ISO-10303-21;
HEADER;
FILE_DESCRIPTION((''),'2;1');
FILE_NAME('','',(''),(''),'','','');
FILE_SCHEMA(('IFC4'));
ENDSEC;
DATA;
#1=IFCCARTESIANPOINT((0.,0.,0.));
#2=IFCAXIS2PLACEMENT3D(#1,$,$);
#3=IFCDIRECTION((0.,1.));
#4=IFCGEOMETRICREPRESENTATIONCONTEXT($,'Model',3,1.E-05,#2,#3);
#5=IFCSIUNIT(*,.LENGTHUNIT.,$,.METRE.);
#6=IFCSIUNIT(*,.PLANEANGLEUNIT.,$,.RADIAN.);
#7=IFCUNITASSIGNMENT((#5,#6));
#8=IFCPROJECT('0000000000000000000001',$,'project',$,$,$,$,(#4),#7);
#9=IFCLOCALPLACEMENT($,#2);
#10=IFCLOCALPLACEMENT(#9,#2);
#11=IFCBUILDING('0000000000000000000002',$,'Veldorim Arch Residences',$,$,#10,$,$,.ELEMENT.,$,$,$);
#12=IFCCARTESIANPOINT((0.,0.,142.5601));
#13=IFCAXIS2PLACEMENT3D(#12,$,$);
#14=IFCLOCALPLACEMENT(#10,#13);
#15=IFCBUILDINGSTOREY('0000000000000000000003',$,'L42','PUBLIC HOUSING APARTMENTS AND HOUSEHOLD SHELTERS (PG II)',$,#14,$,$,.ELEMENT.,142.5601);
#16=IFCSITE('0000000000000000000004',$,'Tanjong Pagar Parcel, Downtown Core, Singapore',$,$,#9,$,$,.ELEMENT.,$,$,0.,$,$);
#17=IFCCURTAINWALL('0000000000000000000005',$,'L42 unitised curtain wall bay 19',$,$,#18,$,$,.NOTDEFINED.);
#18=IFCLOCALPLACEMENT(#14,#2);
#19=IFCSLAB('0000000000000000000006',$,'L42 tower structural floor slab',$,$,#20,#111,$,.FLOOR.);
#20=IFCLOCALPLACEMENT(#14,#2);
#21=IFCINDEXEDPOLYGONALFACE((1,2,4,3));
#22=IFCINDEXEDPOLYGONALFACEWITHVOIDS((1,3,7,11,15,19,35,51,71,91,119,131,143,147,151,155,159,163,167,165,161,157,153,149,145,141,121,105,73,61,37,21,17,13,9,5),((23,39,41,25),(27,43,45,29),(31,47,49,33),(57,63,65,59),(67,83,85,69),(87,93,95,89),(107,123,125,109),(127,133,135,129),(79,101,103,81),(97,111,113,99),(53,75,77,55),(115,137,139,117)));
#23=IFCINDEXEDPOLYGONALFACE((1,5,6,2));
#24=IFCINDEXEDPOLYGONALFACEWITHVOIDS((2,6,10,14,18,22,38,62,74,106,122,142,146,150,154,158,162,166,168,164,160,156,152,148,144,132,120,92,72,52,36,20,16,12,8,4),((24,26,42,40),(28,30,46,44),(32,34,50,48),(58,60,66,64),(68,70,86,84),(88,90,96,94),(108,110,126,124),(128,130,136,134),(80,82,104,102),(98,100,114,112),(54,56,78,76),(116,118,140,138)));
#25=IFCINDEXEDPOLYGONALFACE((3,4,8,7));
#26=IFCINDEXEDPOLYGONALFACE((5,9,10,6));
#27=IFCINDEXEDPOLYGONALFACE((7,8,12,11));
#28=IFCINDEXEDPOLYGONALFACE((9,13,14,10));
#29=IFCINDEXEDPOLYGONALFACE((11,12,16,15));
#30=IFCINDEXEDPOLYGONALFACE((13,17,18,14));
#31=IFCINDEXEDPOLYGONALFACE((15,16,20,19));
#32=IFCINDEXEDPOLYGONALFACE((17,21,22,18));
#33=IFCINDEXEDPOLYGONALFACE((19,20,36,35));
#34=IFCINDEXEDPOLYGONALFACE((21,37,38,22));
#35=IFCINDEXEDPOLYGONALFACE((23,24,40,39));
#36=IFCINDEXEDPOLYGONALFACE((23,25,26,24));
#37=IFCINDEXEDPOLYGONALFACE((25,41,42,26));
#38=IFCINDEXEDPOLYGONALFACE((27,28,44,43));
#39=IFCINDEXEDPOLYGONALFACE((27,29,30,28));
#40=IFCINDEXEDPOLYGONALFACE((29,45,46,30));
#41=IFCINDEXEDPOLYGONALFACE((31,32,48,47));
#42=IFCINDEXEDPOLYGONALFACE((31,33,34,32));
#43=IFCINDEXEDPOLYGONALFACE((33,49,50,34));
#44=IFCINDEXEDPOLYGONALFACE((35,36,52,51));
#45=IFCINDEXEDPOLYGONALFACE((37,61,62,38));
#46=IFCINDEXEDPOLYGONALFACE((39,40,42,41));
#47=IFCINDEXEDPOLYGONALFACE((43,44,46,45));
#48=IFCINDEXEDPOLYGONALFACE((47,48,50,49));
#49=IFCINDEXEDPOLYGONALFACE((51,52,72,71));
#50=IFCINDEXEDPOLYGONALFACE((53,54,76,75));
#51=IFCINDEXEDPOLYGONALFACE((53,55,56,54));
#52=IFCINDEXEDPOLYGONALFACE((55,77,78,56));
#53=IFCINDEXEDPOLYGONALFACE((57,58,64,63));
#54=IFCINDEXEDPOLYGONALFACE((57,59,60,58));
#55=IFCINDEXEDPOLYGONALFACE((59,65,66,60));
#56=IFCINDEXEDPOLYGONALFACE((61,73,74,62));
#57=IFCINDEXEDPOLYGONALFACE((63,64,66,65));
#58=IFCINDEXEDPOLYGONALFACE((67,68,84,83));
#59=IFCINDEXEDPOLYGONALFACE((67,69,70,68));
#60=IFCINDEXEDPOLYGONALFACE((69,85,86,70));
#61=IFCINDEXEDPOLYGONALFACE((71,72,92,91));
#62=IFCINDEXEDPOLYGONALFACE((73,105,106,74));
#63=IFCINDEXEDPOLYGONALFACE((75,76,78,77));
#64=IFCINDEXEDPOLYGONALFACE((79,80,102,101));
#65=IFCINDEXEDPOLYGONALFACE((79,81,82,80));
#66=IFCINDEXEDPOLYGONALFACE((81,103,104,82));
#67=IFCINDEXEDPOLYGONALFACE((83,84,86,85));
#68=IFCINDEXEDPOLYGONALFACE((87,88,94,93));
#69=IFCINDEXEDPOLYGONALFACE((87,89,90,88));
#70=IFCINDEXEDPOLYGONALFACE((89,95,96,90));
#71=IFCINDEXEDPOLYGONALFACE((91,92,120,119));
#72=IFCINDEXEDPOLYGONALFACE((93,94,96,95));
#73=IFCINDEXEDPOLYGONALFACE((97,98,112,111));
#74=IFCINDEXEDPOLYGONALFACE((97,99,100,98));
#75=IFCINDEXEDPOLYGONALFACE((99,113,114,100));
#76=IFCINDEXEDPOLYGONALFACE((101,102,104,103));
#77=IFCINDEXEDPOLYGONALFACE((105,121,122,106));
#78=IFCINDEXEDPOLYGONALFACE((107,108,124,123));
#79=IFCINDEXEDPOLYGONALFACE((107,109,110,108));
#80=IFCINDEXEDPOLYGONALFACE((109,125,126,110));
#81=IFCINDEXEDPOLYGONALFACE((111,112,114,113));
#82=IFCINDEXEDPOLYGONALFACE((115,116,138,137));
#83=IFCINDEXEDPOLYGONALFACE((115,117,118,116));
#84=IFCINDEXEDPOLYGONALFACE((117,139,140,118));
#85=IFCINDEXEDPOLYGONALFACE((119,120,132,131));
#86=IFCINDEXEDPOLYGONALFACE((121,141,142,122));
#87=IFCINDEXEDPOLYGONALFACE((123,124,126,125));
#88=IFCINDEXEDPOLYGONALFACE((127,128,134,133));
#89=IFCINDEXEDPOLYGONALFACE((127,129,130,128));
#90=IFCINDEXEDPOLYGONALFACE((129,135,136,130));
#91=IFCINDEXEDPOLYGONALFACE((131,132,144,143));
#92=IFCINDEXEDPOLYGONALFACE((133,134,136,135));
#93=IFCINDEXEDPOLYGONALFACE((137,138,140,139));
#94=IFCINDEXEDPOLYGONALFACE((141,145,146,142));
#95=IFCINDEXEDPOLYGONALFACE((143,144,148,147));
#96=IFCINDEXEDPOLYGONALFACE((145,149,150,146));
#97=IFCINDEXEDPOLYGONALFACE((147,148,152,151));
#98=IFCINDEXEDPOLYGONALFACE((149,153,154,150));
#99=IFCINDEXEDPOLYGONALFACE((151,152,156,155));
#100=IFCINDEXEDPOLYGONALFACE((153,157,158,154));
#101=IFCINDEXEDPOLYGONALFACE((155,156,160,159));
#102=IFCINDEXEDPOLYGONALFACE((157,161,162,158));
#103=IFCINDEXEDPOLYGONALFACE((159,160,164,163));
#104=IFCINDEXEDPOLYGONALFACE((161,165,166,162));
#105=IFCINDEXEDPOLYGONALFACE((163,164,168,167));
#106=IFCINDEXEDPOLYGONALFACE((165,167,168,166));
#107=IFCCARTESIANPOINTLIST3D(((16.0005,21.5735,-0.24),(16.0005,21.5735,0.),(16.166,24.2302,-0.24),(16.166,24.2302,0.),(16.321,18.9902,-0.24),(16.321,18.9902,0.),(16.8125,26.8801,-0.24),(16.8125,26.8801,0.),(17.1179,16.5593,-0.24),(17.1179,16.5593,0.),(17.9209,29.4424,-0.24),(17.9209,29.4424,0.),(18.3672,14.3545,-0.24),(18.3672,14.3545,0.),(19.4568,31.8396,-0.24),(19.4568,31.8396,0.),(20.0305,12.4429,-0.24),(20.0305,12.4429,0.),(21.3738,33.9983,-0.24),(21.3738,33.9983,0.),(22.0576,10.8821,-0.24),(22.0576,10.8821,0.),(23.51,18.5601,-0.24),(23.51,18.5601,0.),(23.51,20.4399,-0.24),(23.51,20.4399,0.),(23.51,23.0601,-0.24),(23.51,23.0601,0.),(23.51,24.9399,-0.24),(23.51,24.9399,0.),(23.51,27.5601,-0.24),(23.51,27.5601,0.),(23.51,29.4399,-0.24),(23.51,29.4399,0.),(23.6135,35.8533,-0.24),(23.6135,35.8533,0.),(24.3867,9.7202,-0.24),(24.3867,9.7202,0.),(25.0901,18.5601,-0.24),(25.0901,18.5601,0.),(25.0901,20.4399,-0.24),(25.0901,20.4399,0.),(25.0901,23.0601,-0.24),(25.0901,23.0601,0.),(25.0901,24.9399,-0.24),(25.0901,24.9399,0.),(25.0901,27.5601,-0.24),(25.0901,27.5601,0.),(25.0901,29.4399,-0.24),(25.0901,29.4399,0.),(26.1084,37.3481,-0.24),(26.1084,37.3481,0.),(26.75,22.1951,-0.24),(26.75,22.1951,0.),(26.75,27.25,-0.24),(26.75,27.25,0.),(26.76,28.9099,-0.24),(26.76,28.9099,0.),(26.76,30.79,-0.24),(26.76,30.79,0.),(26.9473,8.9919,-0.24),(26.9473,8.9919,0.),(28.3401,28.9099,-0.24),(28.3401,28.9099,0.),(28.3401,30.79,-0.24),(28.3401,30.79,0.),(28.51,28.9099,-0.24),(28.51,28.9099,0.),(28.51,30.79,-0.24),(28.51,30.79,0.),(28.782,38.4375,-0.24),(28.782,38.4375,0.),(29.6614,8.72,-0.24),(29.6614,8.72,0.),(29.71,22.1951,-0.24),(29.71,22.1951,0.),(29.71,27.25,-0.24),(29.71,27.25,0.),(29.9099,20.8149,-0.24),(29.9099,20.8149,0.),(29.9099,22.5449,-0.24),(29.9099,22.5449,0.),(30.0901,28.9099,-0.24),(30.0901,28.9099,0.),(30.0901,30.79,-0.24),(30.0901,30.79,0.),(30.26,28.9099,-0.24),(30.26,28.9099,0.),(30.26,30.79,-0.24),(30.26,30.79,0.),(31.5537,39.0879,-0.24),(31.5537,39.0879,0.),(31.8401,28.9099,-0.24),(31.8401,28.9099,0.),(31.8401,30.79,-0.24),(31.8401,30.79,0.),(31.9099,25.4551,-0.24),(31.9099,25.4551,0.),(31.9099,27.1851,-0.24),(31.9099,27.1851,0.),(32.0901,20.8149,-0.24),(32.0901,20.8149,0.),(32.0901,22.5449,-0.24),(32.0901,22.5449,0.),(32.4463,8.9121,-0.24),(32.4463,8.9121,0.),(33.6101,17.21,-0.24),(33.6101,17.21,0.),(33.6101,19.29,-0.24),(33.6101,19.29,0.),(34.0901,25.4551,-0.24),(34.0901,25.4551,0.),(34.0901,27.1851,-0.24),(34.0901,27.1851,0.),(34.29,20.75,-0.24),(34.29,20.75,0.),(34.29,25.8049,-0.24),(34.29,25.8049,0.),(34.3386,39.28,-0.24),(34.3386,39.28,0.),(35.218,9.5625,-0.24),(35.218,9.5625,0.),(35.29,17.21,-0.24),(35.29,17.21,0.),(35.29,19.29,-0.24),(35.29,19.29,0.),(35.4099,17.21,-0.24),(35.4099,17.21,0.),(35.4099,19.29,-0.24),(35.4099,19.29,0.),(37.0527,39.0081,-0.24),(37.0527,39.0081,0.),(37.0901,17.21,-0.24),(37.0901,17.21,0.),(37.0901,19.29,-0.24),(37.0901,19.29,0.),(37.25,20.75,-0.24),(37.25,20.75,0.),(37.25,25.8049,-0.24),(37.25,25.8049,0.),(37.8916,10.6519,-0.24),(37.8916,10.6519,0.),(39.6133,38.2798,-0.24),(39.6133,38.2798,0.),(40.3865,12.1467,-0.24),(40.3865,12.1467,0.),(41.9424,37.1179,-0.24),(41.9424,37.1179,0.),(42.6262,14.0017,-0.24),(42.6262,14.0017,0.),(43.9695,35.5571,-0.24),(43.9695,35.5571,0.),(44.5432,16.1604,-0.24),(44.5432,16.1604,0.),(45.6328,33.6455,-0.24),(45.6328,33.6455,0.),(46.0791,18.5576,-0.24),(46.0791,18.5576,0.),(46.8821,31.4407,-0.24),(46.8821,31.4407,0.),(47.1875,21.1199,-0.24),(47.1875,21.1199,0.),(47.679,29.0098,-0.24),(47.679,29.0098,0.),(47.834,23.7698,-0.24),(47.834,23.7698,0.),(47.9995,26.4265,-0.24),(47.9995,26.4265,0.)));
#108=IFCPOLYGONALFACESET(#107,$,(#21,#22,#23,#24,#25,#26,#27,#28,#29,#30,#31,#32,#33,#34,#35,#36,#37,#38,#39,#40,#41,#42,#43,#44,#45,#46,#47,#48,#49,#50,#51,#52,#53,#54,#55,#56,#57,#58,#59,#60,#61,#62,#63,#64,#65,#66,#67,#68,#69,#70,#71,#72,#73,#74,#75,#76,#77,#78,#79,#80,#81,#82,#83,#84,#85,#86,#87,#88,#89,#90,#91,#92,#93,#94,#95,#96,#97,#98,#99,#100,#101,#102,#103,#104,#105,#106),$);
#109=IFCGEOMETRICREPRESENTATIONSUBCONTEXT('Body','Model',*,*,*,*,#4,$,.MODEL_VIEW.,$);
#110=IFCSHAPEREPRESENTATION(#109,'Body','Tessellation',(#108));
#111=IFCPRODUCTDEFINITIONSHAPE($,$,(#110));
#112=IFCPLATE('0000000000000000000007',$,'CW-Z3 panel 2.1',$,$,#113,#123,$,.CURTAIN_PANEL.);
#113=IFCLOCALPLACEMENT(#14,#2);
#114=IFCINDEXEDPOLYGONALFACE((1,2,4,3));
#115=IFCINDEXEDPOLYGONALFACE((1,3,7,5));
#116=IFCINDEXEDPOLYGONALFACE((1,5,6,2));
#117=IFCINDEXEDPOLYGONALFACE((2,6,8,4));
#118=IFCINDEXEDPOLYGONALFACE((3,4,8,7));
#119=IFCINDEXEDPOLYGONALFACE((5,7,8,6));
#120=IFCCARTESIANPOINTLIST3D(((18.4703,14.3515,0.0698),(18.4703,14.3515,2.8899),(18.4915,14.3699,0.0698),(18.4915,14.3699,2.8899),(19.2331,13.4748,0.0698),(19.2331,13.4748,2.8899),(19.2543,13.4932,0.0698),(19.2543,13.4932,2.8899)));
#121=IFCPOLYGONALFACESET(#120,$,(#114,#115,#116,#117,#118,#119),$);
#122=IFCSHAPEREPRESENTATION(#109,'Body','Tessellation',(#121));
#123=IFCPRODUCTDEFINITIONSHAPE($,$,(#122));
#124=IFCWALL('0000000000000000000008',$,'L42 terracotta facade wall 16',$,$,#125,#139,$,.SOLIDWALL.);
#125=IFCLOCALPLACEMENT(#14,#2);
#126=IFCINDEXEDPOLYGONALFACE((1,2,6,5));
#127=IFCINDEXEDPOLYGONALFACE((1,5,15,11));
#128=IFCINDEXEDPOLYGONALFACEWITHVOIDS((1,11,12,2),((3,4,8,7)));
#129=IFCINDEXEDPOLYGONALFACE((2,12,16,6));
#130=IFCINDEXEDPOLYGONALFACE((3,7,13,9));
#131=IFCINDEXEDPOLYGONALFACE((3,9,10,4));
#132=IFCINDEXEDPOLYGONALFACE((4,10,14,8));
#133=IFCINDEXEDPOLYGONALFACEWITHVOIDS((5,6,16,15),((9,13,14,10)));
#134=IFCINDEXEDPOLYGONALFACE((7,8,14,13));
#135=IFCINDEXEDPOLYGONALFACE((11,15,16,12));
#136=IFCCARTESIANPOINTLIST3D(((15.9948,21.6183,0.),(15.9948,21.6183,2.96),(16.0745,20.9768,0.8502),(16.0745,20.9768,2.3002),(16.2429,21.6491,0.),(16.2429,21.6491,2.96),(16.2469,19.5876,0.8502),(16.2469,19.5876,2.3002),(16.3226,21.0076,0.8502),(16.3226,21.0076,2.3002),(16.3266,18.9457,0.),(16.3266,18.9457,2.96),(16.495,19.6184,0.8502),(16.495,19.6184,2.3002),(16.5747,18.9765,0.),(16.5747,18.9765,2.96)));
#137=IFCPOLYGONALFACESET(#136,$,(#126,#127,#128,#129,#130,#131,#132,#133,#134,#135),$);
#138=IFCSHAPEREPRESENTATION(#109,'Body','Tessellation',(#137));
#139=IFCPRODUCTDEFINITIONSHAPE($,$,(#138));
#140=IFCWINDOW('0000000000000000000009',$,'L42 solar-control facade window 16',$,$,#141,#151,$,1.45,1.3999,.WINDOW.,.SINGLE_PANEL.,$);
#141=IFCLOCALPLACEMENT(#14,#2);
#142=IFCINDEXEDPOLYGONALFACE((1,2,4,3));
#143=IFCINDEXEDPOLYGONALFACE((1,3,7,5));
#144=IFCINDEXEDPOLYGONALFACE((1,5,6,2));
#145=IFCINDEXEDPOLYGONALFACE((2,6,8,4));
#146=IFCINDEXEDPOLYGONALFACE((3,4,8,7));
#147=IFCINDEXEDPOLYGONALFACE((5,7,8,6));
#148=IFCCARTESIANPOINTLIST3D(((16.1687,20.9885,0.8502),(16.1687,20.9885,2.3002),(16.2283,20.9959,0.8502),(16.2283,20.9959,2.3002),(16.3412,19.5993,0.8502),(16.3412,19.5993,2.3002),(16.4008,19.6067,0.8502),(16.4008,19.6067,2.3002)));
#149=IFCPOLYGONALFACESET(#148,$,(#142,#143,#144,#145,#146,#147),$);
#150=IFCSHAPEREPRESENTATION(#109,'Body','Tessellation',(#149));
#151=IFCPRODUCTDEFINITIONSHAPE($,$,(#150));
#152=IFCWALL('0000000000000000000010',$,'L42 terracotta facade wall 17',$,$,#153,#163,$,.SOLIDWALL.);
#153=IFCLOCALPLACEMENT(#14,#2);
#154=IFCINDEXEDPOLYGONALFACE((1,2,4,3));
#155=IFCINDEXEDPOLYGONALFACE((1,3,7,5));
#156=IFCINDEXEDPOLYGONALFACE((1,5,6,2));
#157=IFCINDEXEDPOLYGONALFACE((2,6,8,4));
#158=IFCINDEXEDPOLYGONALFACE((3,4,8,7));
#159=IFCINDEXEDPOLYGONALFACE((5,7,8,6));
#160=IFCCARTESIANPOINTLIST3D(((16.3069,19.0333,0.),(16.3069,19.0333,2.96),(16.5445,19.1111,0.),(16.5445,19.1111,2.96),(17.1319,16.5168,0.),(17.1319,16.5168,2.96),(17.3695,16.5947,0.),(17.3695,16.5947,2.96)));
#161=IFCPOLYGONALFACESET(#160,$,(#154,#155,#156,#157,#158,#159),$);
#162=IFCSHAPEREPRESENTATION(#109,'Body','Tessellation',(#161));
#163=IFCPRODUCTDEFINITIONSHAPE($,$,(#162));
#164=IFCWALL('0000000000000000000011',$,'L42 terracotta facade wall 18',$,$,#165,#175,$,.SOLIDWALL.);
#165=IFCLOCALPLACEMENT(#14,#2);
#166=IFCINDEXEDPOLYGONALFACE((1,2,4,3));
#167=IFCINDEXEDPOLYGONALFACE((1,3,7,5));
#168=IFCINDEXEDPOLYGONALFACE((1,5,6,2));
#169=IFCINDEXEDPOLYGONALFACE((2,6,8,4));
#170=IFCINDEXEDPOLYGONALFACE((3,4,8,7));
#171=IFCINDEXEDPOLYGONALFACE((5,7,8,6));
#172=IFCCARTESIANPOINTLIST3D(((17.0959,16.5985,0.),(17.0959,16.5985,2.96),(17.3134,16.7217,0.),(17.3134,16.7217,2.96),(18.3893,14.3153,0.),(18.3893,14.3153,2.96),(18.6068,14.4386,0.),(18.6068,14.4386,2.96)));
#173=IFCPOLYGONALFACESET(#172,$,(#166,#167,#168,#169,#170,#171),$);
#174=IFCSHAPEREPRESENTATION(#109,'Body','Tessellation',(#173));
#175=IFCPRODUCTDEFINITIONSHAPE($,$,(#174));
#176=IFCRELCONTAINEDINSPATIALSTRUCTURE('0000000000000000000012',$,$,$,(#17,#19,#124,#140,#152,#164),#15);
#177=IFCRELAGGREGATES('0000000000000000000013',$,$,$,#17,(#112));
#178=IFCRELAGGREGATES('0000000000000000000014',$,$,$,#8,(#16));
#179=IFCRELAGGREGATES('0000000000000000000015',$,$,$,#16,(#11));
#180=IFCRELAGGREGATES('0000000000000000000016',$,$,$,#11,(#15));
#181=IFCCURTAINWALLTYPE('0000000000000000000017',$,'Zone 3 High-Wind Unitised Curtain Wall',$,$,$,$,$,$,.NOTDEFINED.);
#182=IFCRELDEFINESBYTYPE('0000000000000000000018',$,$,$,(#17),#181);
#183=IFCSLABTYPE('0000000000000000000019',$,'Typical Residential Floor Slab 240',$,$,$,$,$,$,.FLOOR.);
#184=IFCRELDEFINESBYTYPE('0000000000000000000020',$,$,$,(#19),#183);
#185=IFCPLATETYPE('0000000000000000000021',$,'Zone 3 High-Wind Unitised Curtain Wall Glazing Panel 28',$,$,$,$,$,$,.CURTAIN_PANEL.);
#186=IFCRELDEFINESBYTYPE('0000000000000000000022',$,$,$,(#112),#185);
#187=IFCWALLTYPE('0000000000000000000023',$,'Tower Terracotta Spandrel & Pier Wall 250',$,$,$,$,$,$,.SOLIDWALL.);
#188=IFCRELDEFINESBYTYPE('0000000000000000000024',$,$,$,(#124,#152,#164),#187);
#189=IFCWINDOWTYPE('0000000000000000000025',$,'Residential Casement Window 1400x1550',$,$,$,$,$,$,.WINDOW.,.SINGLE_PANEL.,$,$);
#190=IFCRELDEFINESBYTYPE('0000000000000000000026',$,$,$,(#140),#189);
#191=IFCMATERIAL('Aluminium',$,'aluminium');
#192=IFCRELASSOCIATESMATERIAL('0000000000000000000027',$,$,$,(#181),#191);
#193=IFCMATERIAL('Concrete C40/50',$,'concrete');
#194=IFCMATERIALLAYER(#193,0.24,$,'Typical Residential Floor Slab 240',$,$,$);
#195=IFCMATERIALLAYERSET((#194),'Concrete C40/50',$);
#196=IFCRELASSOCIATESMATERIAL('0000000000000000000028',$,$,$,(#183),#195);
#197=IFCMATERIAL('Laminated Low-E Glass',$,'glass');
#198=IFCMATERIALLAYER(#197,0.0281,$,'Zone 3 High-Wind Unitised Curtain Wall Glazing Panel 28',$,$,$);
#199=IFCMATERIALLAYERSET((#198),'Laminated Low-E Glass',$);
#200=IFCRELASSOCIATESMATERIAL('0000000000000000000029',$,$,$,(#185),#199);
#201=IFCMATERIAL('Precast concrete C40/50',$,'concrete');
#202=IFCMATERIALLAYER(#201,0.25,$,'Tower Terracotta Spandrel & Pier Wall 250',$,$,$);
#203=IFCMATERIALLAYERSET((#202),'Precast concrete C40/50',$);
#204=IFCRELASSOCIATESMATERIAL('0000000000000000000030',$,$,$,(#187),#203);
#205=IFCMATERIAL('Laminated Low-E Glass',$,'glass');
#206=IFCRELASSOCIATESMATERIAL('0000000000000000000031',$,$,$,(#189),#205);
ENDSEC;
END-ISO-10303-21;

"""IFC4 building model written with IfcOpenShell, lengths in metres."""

from ifc_helpers import new_model, si_unit, direction, frame, frame_2d, origin, origin_2d, place, context, subcontext, project, spatial, polyline, rectangle, outline, extrude, material, layer, layer_set, type_object, element, fill, aggregate, save


model = new_model("IFC4")

# Units and contexts
model_context = context("Model", 3, precision=1e-05, world=origin(), true_north=direction((0.0, 1.0)))
body_context = subcontext(model_context, "Body", "Model", "MODEL_VIEW")
ifc_project = project(units=[si_unit("LENGTHUNIT", "METRE"), si_unit("PLANEANGLEUNIT", "RADIAN")], contexts=[model_context])

# Site, building, storey
site_placement = place(None, origin())
site = spatial("IfcSite", under=ifc_project, at=site_placement, Name="Tanjong Pagar Parcel, Downtown Core, Singapore", CompositionType="ELEMENT", RefElevation=0.0)
building_placement = place(site_placement, origin())
building = spatial("IfcBuilding", under=site, at=building_placement, Name="Veldorim Arch Residences", CompositionType="ELEMENT")
storey_placement = place(building_placement, frame((0.0, 0.0, 142.5601)))
storey = spatial("IfcBuildingStorey", under=building, at=storey_placement, Name="L42", Description="PUBLIC HOUSING APARTMENTS AND HOUSEHOLD SHELTERS (PG II)", CompositionType="ELEMENT", Elevation=142.5601)

# Curtain wall
ifc_material_1 = material(Name="Aluminium", Category="aluminium")
curtain_wall_type = type_object("IfcCurtainWallType", Name="Zone 3 High-Wind Unitised Curtain Wall", PredefinedType="NOTDEFINED", material=ifc_material_1)
curtain_wall_placement = place(storey_placement, origin())
curtain_wall = element("IfcCurtainWall", 1, at=curtain_wall_placement, inside=storey, type_object=curtain_wall_type, Name="L42 unitised curtain wall bay 19", PredefinedType="NOTDEFINED")

# Slab
ifc_material_2 = material(Name="Concrete C40/50", Category="concrete")
ifc_layer_1 = layer(ifc_material_2, 0.24, Name="Typical Residential Floor Slab 240")
ifc_layer_set_1 = layer_set([ifc_layer_1], Name="Concrete C40/50")
slab_type_1 = type_object("IfcSlabType", Name="Typical Residential Floor Slab 240", PredefinedType="FLOOR", material=ifc_layer_set_1)
slab_1_placement = place(storey_placement, frame((0.0, 0.0, -0.24)))
element("IfcSlab", 2, at=slab_1_placement, inside=storey, type_object=slab_type_1, Name="L42 tower structural floor slab", PredefinedType="FLOOR", context=body_context, shape_type="SweptSolid", body=[
    extrude(outline(polyline([(45.6328, 33.6455), (43.9695, 35.5571), (41.9424, 37.1179), (39.6133, 38.2798), (37.0527, 39.0081), (34.3386, 39.28), (31.5537, 39.0879), (28.782, 38.4375), (26.1084, 37.3481), (23.6135, 35.8533), (21.3738, 33.9983), (19.4568, 31.8396), (17.9209, 29.4424), (16.8125, 26.8801), (16.166, 24.2302), (16.0005, 21.5735), (16.321, 18.9902), (17.1179, 16.5593), (18.3672, 14.3545), (20.0305, 12.4429), (22.0576, 10.8821), (24.3867, 9.7202), (26.9473, 8.9919), (29.6614, 8.72), (32.4463, 8.9121), (35.218, 9.5625), (37.8916, 10.6519), (40.3865, 12.1467), (42.6262, 14.0017), (44.5432, 16.1604), (46.0791, 18.5576), (47.1875, 21.1199), (47.834, 23.7698), (47.9995, 26.4265), (47.679, 29.0098), (46.8821, 31.4407), (45.6328, 33.6455)]), holes=[polyline([(23.51, 18.5601), (23.51, 20.4399), (25.0901, 20.4399), (25.0901, 18.5601), (23.51, 18.5601)]), polyline([(23.51, 24.9399), (25.0901, 24.9399), (25.0901, 23.0601), (23.51, 23.0601), (23.51, 24.9399)]), polyline([(26.75, 27.25), (29.71, 27.25), (29.71, 22.1951), (26.75, 22.1951), (26.75, 27.25)]), polyline([(23.51, 27.5601), (23.51, 29.4399), (25.0901, 29.4399), (25.0901, 27.5601), (23.51, 27.5601)]), polyline([(26.76, 30.79), (28.3401, 30.79), (28.3401, 28.9099), (26.76, 28.9099), (26.76, 30.79)]), polyline([(28.51, 30.79), (30.0901, 30.79), (30.0901, 28.9099), (28.51, 28.9099), (28.51, 30.79)]), polyline([(33.6101, 17.21), (33.6101, 19.29), (35.29, 19.29), (35.29, 17.21), (33.6101, 17.21)]), polyline([(35.4099, 19.29), (37.0901, 19.29), (37.0901, 17.21), (35.4099, 17.21), (35.4099, 19.29)]), polyline([(29.9099, 22.5449), (32.0901, 22.5449), (32.0901, 20.8149), (29.9099, 20.8149), (29.9099, 22.5449)]), polyline([(34.29, 20.75), (34.29, 25.8049), (37.25, 25.8049), (37.25, 20.75), (34.29, 20.75)]), polyline([(31.9099, 27.1851), (34.0901, 27.1851), (34.0901, 25.4551), (31.9099, 25.4551), (31.9099, 27.1851)]), polyline([(30.26, 30.79), (31.8401, 30.79), (31.8401, 28.9099), (30.26, 28.9099), (30.26, 30.79)])]), origin(), (0.0, 0.0, 1.0), 0.24),
])

# Plate
ifc_material_3 = material(Name="Laminated Low-E Glass", Category="glass")
ifc_layer_2 = layer(ifc_material_3, 0.0281, Name="Zone 3 High-Wind Unitised Curtain Wall Glazing Panel 28")
ifc_layer_set_2 = layer_set([ifc_layer_2], Name="Laminated Low-E Glass")
plate_type = type_object("IfcPlateType", Name="Zone 3 High-Wind Unitised Curtain Wall Glazing Panel 28", PredefinedType="CURTAIN_PANEL", material=ifc_layer_set_2)
plate_placement = place(storey_placement, frame((18.8623, 13.9224, 0.0698), z_axis=(0.0, 0.0, 1.0), x_axis=(-0.656415, 0.7544, 0.0)))
plate = element("IfcPlate", 3, at=plate_placement, type_object=plate_type, Name="CW-Z3 panel 2.1", PredefinedType="CURTAIN_PANEL", context=body_context, shape_type="SweptSolid", body=[
    extrude(rectangle(XDim=1.1621, YDim=0.0281, at=origin_2d()), origin(), (0.0, 0.0, 1.0), 2.8201),
])
aggregate(curtain_wall, [plate])

# Wall, opening, window
ifc_material_4 = material(Name="Precast concrete C40/50", Category="concrete")
ifc_layer_3 = layer(ifc_material_4, 0.25, Name="Tower Terracotta Spandrel & Pier Wall 250")
ifc_layer_set_3 = layer_set([ifc_layer_3], Name="Precast concrete C40/50")
wall_type = type_object("IfcWallType", Name="Tower Terracotta Spandrel & Pier Wall 250", PredefinedType="SOLIDWALL", material=ifc_layer_set_3)
wall_1_placement = place(storey_placement, frame((16.4507, 18.9609, 0.0), z_axis=(0.0, 0.0, 1.0), x_axis=(-0.123198, 0.992382, 0.0)))
wall_1 = element("IfcWall", 4, at=wall_1_placement, inside=storey, type_object=wall_type, Name="L42 terracotta facade wall 16", PredefinedType="SOLIDWALL", context=body_context, shape_type="SweptSolid", body=[
    extrude(rectangle(XDim=2.6931, YDim=0.25, at=frame_2d((1.3467, 0.0))), origin(), (0.0, 0.0, 1.0), 2.96),
])
opening_placement = place(wall_1_placement, frame((0.647, 0.0, 0.8501)))
opening = element("IfcOpeningElement", 5, at=opening_placement, cuts=wall_1, PredefinedType="OPENING", context=body_context, shape_type="SweptSolid", body=[
    extrude(rectangle(XDim=1.3999, YDim=1.45, at=frame_2d((0.7, 0.7251))), frame((0.0, 0.135, 0.0), z_axis=(0.0, -1.0, 0.0), x_axis=(1.0, 0.0, 0.0)), (0.0, 0.0, 1.0), 0.27),
])
ifc_material_5 = material(Name="Laminated Low-E Glass", Category="glass")
window_type = type_object("IfcWindowType", Name="Residential Casement Window 1400x1550", PartitioningType="SINGLE_PANEL", PredefinedType="WINDOW", material=ifc_material_5)
window_placement = place(opening_placement, origin())
window = element("IfcWindow", 6, at=window_placement, inside=storey, type_object=window_type, Name="L42 solar-control facade window 16", OverallHeight=1.45, OverallWidth=1.3999, PartitioningType="SINGLE_PANEL", PredefinedType="WINDOW", context=body_context, shape_type="SweptSolid", body=[
    extrude(rectangle(XDim=1.3999, YDim=1.45, at=frame_2d((0.7, 0.7251))), frame((0.0, 0.03, 0.0), z_axis=(0.0, -1.0, 0.0), x_axis=(1.0, 0.0, 0.0)), (0.0, 0.0, 1.0), 0.0601),
])
fill(opening, window)

# Walls
wall_2_placement = place(storey_placement, frame((17.2507, 16.5557, 0.0), z_axis=(0.0, 0.0, 1.0), x_axis=(-0.311522, 0.950239, 0.0)))
element("IfcWall", 7, at=wall_2_placement, inside=storey, type_object=wall_type, Name="L42 terracotta facade wall 17", PredefinedType="SOLIDWALL", context=body_context, shape_type="SweptSolid", body=[
    extrude(rectangle(XDim=2.6482, YDim=0.25, at=frame_2d((1.3242, 0.0))), origin(), (0.0, 0.0, 1.0), 2.96),
])
wall_3_placement = place(storey_placement, frame((18.498, 14.377, 0.0), z_axis=(0.0, 0.0, 1.0), x_axis=(-0.492909, 0.870081, 0.0)))
element("IfcWall", 8, at=wall_3_placement, inside=storey, type_object=wall_type, Name="L42 terracotta facade wall 18", PredefinedType="SOLIDWALL", context=body_context, shape_type="SweptSolid", body=[
    extrude(rectangle(XDim=2.624, YDim=0.25, at=frame_2d((1.312, 0.0))), origin(), (0.0, 0.0, 1.0), 2.96),
])

save(model, "model.ifc")
